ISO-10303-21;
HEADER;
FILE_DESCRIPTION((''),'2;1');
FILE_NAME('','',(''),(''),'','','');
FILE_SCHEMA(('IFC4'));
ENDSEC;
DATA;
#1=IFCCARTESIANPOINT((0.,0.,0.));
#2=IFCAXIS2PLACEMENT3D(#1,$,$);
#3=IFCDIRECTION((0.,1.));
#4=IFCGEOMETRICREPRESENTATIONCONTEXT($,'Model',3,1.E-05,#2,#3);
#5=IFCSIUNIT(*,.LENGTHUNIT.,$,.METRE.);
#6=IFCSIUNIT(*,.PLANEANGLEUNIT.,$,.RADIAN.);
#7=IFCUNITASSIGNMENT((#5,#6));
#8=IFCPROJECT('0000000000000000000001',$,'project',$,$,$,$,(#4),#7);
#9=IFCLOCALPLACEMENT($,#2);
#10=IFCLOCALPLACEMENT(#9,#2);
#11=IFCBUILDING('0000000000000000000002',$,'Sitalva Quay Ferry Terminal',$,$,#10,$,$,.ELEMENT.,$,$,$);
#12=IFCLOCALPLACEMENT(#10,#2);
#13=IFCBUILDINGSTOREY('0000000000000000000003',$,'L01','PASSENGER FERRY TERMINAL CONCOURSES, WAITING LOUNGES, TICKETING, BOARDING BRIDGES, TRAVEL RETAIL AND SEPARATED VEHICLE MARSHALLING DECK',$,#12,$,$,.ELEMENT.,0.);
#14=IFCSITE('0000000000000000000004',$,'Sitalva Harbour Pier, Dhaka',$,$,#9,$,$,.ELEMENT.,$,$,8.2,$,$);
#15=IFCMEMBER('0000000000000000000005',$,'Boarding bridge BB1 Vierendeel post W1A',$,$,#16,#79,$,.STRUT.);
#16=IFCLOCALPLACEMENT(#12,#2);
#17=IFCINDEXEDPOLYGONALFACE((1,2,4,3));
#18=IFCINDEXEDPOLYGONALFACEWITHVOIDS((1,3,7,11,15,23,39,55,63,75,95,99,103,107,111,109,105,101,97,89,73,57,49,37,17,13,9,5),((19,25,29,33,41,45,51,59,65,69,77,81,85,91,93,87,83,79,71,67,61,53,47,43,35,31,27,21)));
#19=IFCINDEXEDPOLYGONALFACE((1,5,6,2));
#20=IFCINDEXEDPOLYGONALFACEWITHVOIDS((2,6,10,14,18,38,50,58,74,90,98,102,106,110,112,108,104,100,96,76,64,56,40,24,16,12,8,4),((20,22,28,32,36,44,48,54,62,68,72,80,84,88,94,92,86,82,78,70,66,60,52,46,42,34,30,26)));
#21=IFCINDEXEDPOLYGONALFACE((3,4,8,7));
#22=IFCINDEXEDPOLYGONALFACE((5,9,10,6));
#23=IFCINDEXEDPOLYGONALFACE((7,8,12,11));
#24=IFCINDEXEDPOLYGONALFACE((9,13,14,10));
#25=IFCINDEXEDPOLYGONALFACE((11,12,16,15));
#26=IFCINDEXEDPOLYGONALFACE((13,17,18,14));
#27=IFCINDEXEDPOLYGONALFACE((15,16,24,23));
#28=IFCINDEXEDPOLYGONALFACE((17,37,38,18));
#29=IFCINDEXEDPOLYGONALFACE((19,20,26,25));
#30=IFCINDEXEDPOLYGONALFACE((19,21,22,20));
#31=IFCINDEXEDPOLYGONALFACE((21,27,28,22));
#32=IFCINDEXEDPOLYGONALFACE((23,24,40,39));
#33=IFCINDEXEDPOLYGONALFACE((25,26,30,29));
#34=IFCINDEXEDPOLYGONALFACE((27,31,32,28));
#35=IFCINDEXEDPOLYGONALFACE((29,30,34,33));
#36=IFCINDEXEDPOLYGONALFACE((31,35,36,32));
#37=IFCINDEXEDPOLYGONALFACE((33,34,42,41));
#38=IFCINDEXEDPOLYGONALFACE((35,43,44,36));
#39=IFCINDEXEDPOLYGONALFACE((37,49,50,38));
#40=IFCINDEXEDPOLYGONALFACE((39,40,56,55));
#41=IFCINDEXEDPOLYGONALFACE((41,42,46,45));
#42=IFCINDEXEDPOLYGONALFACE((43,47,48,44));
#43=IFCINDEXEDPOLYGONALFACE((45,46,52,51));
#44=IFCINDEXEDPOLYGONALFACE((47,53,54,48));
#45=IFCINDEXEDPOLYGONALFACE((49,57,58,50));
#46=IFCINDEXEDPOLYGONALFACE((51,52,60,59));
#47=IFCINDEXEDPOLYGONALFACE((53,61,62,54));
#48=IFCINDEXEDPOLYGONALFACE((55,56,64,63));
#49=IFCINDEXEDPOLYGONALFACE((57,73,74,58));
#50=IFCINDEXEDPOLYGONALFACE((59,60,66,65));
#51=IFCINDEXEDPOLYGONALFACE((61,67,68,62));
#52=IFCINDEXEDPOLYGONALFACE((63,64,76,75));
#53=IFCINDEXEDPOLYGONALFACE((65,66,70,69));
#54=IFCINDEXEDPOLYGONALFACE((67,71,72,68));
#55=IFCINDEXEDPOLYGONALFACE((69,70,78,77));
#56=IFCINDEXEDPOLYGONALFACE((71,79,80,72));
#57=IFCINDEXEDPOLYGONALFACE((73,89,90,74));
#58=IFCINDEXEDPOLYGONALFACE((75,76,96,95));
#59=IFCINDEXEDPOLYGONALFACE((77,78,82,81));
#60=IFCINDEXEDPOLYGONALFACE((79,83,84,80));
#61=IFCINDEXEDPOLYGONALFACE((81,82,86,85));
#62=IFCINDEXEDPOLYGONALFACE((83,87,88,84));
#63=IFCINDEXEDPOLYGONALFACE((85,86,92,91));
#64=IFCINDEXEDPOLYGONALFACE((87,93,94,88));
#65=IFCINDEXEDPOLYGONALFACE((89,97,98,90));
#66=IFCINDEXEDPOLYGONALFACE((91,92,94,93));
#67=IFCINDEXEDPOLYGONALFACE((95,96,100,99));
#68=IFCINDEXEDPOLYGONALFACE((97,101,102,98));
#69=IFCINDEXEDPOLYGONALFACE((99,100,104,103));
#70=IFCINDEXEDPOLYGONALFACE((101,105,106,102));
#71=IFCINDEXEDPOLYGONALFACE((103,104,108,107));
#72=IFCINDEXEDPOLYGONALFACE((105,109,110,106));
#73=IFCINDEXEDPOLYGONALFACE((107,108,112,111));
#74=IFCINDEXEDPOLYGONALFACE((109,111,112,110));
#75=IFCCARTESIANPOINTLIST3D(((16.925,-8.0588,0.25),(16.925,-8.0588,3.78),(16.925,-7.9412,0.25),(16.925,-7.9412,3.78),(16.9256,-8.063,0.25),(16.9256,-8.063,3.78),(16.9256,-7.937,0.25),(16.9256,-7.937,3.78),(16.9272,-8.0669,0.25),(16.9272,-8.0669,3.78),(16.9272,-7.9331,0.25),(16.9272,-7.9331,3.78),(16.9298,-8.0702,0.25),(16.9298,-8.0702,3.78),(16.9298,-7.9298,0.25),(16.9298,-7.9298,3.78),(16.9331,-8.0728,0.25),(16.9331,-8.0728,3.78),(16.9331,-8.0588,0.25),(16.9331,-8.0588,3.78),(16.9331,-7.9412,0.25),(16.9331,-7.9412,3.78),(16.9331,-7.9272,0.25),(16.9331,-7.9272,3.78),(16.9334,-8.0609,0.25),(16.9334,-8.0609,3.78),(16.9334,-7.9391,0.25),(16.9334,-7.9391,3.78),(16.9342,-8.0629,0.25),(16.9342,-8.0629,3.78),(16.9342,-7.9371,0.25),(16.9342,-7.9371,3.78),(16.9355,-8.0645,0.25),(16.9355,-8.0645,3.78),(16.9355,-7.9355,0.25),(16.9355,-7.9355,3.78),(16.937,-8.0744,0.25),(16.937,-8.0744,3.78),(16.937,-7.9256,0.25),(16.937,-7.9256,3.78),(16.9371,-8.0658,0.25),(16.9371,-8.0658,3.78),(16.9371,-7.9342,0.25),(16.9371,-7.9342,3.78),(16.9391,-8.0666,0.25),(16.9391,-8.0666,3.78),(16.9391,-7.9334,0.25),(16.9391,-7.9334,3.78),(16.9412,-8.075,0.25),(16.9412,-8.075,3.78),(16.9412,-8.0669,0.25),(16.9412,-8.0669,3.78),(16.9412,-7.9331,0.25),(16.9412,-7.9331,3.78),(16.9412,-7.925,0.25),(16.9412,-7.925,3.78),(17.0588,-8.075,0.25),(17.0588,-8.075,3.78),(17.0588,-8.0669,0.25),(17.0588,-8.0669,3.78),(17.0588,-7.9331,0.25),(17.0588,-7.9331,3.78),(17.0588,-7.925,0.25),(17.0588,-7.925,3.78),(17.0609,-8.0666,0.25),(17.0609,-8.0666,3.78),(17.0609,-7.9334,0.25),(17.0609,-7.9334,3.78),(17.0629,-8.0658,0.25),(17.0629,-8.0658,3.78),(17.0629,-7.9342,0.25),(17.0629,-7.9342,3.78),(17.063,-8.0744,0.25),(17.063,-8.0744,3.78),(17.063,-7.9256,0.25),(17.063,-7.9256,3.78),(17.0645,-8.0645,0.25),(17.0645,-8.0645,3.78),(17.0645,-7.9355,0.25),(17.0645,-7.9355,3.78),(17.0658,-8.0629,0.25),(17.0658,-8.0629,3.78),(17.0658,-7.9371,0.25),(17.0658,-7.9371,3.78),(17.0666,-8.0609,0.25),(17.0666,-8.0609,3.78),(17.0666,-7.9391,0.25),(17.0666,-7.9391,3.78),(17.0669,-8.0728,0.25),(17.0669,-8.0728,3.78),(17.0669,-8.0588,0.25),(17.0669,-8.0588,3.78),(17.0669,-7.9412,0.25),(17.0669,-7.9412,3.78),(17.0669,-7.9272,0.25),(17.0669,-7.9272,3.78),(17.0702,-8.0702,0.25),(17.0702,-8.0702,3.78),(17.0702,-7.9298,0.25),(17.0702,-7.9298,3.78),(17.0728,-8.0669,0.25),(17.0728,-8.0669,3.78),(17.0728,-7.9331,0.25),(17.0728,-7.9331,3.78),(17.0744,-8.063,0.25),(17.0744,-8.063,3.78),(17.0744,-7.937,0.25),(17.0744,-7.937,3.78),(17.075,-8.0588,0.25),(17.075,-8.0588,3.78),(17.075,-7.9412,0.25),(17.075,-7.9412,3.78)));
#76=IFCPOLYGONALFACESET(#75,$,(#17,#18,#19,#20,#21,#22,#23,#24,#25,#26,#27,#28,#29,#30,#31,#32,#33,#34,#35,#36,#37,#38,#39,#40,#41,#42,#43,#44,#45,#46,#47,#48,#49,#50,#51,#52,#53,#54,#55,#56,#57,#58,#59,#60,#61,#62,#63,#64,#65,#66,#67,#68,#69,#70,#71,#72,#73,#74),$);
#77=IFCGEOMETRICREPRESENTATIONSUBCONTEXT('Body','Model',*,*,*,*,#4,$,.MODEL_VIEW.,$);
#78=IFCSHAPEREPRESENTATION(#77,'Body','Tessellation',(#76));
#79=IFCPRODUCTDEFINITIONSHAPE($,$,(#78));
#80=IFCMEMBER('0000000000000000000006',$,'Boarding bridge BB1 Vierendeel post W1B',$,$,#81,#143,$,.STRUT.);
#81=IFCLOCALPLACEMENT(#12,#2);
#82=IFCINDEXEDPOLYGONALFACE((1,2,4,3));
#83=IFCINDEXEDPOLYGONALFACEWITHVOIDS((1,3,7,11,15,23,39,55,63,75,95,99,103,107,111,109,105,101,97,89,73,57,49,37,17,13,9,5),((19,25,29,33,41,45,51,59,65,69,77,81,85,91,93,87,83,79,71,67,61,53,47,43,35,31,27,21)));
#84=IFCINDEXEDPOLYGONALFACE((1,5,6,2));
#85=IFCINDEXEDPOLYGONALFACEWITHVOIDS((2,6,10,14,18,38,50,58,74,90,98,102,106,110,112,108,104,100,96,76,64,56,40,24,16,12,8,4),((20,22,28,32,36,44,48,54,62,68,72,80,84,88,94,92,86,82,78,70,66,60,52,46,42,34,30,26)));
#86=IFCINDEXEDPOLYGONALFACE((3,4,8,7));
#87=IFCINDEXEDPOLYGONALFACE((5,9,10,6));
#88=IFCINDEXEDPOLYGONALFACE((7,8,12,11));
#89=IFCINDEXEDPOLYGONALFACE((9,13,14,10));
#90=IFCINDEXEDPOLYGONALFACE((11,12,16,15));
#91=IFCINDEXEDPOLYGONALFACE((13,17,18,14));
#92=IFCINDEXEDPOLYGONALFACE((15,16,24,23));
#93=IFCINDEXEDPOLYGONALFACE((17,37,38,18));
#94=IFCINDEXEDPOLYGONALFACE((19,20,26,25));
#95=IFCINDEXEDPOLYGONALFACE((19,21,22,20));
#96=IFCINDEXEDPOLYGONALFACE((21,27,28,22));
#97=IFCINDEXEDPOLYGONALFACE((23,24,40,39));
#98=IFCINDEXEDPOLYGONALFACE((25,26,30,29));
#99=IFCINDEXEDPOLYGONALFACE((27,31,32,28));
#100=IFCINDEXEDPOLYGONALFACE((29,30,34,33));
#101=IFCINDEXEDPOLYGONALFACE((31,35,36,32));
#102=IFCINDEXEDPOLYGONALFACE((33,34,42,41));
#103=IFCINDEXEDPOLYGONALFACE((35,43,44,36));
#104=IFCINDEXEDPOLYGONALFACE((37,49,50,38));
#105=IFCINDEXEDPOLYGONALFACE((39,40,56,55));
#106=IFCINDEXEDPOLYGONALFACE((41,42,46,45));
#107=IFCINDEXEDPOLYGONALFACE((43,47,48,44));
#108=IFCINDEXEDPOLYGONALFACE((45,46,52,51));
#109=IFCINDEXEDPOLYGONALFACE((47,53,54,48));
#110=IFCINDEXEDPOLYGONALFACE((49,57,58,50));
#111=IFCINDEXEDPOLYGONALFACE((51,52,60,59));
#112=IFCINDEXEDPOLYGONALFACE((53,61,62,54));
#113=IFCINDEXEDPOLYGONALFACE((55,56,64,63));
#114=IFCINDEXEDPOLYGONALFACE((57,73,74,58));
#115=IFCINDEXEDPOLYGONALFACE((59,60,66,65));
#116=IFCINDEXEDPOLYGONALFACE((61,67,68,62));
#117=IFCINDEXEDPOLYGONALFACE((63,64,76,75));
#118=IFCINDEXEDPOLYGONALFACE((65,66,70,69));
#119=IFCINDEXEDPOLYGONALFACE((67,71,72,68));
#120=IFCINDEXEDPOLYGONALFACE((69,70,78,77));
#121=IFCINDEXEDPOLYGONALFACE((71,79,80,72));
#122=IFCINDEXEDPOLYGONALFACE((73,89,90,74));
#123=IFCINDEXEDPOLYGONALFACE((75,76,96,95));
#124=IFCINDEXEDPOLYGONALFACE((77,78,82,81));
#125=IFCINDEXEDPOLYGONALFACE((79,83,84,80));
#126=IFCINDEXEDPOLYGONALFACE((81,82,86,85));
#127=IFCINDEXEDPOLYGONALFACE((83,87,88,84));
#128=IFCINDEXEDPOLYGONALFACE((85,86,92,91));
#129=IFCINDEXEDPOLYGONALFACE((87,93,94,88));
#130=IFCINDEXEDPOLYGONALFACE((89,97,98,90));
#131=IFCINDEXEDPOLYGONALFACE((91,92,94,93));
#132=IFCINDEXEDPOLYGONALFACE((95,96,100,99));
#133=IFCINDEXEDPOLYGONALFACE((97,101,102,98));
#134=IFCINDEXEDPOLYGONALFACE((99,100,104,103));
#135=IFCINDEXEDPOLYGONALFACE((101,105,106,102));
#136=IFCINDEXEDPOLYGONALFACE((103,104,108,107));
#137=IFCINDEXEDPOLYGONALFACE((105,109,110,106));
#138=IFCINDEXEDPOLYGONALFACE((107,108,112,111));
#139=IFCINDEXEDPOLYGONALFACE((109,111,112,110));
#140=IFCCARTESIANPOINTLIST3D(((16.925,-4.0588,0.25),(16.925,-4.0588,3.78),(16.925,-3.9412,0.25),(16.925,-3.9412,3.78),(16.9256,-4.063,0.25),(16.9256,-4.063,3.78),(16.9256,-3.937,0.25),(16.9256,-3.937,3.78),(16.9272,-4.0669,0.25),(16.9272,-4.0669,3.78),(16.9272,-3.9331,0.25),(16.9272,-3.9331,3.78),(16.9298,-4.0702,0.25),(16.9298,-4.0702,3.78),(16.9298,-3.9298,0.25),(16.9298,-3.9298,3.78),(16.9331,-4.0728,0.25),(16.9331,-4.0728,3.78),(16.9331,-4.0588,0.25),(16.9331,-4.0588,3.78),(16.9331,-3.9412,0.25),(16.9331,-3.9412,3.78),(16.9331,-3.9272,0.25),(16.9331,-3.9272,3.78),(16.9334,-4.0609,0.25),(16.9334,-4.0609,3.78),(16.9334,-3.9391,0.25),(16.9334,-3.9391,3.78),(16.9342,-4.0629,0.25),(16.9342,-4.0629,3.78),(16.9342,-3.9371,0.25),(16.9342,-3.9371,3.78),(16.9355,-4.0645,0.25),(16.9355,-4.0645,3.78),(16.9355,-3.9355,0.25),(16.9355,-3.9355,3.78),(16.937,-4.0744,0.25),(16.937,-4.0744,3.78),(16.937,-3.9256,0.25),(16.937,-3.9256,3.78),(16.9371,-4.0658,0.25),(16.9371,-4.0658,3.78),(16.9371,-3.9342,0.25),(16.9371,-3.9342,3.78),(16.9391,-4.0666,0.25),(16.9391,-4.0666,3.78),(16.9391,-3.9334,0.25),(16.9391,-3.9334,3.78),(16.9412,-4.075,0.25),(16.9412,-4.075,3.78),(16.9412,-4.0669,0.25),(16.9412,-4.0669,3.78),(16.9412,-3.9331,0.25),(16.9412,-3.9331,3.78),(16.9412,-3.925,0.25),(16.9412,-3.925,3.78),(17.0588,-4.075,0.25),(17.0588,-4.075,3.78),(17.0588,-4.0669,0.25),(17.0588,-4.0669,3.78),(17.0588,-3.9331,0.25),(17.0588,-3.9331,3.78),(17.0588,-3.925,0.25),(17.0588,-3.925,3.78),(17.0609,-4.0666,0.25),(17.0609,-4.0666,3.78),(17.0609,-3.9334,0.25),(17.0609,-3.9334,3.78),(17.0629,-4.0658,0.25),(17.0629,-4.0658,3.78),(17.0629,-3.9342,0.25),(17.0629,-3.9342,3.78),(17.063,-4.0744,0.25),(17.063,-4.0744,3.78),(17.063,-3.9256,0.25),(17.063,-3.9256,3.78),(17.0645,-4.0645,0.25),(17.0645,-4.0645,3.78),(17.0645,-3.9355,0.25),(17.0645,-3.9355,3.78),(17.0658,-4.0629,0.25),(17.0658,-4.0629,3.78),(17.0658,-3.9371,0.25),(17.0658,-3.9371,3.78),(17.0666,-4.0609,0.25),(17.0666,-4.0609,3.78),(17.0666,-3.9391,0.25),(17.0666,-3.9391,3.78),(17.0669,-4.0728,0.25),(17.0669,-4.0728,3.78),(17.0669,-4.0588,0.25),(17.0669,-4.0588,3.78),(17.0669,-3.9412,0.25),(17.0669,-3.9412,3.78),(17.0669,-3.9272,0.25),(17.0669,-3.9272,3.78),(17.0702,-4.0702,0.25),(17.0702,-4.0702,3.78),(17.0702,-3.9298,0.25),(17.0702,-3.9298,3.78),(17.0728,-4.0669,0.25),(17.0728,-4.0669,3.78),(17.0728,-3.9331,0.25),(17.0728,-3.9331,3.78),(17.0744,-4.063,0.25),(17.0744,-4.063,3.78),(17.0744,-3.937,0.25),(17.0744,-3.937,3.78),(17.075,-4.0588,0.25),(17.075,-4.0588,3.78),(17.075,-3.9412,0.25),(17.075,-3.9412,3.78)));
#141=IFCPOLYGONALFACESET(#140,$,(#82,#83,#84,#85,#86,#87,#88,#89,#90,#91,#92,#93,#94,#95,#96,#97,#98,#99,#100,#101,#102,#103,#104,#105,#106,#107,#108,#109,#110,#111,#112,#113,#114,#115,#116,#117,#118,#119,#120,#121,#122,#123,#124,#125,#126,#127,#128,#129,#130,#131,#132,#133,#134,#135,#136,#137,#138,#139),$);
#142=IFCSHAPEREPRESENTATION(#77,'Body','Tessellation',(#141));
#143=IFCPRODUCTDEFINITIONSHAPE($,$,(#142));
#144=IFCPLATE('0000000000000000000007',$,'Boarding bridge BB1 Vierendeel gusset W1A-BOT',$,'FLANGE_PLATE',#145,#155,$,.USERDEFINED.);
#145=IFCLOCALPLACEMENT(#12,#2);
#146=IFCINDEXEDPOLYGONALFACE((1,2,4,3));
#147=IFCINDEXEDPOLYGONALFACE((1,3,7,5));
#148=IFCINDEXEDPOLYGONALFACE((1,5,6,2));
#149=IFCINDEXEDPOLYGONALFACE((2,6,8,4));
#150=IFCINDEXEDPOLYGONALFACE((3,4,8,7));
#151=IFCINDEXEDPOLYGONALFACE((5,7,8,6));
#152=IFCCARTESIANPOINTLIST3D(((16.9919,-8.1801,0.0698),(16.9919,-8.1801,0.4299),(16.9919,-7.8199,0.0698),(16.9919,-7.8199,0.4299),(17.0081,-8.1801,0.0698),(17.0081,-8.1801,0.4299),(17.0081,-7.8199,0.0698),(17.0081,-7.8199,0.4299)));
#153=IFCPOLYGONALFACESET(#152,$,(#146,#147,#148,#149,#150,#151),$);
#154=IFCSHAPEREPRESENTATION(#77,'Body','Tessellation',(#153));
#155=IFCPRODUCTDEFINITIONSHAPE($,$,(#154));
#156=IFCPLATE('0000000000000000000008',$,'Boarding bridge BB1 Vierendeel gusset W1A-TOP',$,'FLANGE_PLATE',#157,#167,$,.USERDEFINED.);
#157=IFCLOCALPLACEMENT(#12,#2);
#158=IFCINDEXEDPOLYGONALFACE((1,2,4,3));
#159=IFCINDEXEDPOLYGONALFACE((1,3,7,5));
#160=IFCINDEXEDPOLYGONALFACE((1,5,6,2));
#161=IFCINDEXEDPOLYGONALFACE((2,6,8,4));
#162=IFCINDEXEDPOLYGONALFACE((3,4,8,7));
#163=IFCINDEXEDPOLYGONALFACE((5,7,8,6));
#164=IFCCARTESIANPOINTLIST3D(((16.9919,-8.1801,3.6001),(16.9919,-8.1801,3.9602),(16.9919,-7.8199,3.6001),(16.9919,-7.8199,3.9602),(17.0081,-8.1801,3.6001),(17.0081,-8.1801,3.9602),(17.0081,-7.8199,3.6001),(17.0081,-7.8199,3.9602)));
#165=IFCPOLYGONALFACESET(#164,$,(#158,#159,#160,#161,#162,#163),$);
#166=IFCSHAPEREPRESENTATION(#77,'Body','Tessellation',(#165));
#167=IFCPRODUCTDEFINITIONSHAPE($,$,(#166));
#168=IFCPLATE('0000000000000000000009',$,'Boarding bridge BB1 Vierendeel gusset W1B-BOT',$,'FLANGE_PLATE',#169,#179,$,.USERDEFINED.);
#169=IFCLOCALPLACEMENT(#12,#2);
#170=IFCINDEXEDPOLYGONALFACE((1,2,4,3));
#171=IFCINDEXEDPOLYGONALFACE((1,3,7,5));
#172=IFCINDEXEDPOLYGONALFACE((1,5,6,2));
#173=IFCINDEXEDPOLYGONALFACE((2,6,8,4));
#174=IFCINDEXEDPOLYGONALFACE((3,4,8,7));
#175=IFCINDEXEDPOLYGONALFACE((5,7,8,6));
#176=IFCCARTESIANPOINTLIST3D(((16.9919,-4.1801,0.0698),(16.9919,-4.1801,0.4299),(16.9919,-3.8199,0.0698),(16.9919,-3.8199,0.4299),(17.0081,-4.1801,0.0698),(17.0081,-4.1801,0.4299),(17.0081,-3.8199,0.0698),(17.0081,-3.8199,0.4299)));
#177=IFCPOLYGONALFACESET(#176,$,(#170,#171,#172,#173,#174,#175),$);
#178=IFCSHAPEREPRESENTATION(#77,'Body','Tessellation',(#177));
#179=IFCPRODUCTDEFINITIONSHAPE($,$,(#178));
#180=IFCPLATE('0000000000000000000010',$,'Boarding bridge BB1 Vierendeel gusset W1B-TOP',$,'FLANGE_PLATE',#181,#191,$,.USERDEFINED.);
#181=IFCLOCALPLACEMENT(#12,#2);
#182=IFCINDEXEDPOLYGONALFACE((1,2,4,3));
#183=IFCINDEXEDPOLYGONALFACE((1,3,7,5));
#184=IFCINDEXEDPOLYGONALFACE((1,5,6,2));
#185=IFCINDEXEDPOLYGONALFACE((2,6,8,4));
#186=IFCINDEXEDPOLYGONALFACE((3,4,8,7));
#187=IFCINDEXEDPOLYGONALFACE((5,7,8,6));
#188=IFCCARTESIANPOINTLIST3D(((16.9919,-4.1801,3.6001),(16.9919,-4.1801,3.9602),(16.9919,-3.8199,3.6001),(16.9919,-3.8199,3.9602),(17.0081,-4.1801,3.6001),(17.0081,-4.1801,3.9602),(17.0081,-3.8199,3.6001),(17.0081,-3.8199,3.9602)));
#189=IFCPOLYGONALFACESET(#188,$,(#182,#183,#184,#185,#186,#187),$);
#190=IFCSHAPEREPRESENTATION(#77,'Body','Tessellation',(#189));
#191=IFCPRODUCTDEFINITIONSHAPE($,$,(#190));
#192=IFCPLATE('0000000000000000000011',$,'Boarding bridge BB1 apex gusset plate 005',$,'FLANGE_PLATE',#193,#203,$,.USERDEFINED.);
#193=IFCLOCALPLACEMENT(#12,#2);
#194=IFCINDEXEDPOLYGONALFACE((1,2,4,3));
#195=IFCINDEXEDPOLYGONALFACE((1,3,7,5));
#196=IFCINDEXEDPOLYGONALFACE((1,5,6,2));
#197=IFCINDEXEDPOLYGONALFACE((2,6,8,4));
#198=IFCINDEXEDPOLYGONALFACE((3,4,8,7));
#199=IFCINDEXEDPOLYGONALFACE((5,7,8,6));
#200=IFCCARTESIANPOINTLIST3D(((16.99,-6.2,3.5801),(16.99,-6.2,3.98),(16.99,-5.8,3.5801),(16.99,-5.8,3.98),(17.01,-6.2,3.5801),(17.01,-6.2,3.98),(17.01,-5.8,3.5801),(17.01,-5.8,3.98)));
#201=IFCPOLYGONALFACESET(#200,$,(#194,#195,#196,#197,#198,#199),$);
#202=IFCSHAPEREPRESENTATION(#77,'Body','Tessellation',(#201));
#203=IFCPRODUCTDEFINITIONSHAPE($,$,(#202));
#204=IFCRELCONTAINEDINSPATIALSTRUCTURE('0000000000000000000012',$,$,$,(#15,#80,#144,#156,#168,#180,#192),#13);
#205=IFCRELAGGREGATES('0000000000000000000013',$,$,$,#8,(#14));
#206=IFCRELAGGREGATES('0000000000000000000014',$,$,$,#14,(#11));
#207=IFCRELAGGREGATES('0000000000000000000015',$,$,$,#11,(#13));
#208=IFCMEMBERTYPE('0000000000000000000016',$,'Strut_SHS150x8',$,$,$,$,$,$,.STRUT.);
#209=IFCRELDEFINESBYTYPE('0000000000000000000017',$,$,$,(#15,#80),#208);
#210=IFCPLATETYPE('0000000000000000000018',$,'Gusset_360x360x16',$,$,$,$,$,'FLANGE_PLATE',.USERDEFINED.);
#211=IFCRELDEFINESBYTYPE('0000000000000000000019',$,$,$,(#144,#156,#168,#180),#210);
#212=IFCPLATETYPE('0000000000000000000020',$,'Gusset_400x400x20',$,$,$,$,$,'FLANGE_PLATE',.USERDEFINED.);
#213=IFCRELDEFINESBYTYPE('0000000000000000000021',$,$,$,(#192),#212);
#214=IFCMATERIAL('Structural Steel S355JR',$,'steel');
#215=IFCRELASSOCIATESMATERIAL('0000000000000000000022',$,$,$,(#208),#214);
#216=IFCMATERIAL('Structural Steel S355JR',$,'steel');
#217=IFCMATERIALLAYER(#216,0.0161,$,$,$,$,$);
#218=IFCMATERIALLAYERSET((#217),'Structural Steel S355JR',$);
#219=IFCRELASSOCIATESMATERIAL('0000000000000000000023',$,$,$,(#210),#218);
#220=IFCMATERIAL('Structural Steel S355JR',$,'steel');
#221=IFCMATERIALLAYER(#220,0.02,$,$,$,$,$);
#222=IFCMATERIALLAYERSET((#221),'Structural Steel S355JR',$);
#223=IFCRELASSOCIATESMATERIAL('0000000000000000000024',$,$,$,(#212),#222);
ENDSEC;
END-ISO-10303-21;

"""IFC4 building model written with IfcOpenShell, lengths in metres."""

from ifc_helpers import new_model, si_unit, direction, frame, origin, origin_2d, place, context, subcontext, project, spatial, rectangle, hollow_rectangle, extrude, material, layer, layer_set, material_profile, profile_set, type_object, element, save


model = new_model("IFC4")

# Units and contexts
model_context = context("Model", 3, precision=1e-05, world=origin(), true_north=direction((0.0, 1.0)))
body_context = subcontext(model_context, "Body", "Model", "MODEL_VIEW")
ifc_project = project(units=[si_unit("LENGTHUNIT", "METRE"), si_unit("PLANEANGLEUNIT", "RADIAN")], contexts=[model_context])

# Site, building, storey
site_placement = place(None, origin())
site = spatial("IfcSite", under=ifc_project, at=site_placement, Name="Sitalva Harbour Pier, Dhaka", CompositionType="ELEMENT", RefElevation=8.2)
building_placement = place(site_placement, origin())
building = spatial("IfcBuilding", under=site, at=building_placement, Name="Sitalva Quay Ferry Terminal", CompositionType="ELEMENT")
storey_placement = place(building_placement, origin())
storey = spatial("IfcBuildingStorey", under=building, at=storey_placement, Name="L01", Description="PASSENGER FERRY TERMINAL CONCOURSES, WAITING LOUNGES, TICKETING, BOARDING BRIDGES, TRAVEL RETAIL AND SEPARATED VEHICLE MARSHALLING DECK", CompositionType="ELEMENT", Elevation=0.0)

# Members
ifc_material_1 = material(Name="Structural Steel S355JR", Category="steel")
ifc_material_profile_1 = material_profile(ifc_material_1, hollow_rectangle(XDim=0.1499, YDim=0.1499, WallThickness=0.0081, InnerFilletRadius=0.0081, OuterFilletRadius=0.0161, at=origin_2d()), Name="SHS150x150x8")
ifc_profile_set_1 = profile_set([ifc_material_profile_1], Name="Structural Steel S355JR")
member_type_1 = type_object("IfcMemberType", Name="Strut_SHS150x8", PredefinedType="STRUT", material=ifc_profile_set_1)
for number, where, z_axis, x_axis, name in (
    (1, (17.0, -8.0, 0.25), (0.0, 0.0, 1.0), (1.0, 0.0, 0.0), "Boarding bridge BB1 Vierendeel post W1A"),
    (2, (17.0, -4.0, 0.25), (0.0, 0.0, 1.0), (1.0, 0.0, 0.0), "Boarding bridge BB1 Vierendeel post W1B"),
):
    element("IfcMember", number, at=place(storey_placement, frame(where, z_axis=z_axis, x_axis=x_axis)), inside=storey, type_object=member_type_1, Name=name, PredefinedType="STRUT", context=body_context, shape_type="SweptSolid", body=[
        extrude(hollow_rectangle(XDim=0.1499, YDim=0.1499, WallThickness=0.0081, InnerFilletRadius=0.0081, OuterFilletRadius=0.0161, at=origin_2d()), origin(), (0.0, 0.0, 1.0), 3.53),
    ])

# Plates
ifc_material_2 = material(Name="Structural Steel S355JR", Category="steel")
ifc_layer_1 = layer(ifc_material_2, 0.0161)
ifc_layer_set_1 = layer_set([ifc_layer_1], Name="Structural Steel S355JR")
plate_type_1 = type_object("IfcPlateType", Name="Gusset_360x360x16", ElementType="FLANGE_PLATE", PredefinedType="USERDEFINED", material=ifc_layer_set_1)
for number, where, z_axis, x_axis, name in (
    (3, (17.0, -8.0, 0.0698), (0.0, 0.0, 1.0), (1.0, 0.0, 0.0), "Boarding bridge BB1 Vierendeel gusset W1A-BOT"),
    (4, (17.0, -8.0, 3.6001), (0.0, 0.0, 1.0), (1.0, 0.0, 0.0), "Boarding bridge BB1 Vierendeel gusset W1A-TOP"),
    (5, (17.0, -4.0, 0.0698), (0.0, 0.0, 1.0), (1.0, 0.0, 0.0), "Boarding bridge BB1 Vierendeel gusset W1B-BOT"),
    (6, (17.0, -4.0, 3.6001), (0.0, 0.0, 1.0), (1.0, 0.0, 0.0), "Boarding bridge BB1 Vierendeel gusset W1B-TOP"),
):
    element("IfcPlate", number, at=place(storey_placement, frame(where, z_axis=z_axis, x_axis=x_axis)), inside=storey, type_object=plate_type_1, Name=name, ObjectType="FLANGE_PLATE", PredefinedType="USERDEFINED", context=body_context, shape_type="SweptSolid", body=[
        extrude(rectangle(XDim=0.0161, YDim=0.3601, at=origin_2d()), origin(), (0.0, 0.0, 1.0), 0.3601),
    ])
ifc_material_3 = material(Name="Structural Steel S355JR", Category="steel")
ifc_layer_2 = layer(ifc_material_3, 0.02)
ifc_layer_set_2 = layer_set([ifc_layer_2], Name="Structural Steel S355JR")
plate_type_2 = type_object("IfcPlateType", Name="Gusset_400x400x20", ElementType="FLANGE_PLATE", PredefinedType="USERDEFINED", material=ifc_layer_set_2)
plate_1_placement = place(storey_placement, frame((17.0, -6.0, 3.5801), z_axis=(0.0, 0.0, 1.0), x_axis=(1.0, 0.0, 0.0)))
element("IfcPlate", 7, at=plate_1_placement, inside=storey, type_object=plate_type_2, Name="Boarding bridge BB1 apex gusset plate 005", ObjectType="FLANGE_PLATE", PredefinedType="USERDEFINED", context=body_context, shape_type="SweptSolid", body=[
    extrude(rectangle(XDim=0.02, YDim=0.3999, at=origin_2d()), origin(), (0.0, 0.0, 1.0), 0.3999),
])

save(model, "model.ifc")
